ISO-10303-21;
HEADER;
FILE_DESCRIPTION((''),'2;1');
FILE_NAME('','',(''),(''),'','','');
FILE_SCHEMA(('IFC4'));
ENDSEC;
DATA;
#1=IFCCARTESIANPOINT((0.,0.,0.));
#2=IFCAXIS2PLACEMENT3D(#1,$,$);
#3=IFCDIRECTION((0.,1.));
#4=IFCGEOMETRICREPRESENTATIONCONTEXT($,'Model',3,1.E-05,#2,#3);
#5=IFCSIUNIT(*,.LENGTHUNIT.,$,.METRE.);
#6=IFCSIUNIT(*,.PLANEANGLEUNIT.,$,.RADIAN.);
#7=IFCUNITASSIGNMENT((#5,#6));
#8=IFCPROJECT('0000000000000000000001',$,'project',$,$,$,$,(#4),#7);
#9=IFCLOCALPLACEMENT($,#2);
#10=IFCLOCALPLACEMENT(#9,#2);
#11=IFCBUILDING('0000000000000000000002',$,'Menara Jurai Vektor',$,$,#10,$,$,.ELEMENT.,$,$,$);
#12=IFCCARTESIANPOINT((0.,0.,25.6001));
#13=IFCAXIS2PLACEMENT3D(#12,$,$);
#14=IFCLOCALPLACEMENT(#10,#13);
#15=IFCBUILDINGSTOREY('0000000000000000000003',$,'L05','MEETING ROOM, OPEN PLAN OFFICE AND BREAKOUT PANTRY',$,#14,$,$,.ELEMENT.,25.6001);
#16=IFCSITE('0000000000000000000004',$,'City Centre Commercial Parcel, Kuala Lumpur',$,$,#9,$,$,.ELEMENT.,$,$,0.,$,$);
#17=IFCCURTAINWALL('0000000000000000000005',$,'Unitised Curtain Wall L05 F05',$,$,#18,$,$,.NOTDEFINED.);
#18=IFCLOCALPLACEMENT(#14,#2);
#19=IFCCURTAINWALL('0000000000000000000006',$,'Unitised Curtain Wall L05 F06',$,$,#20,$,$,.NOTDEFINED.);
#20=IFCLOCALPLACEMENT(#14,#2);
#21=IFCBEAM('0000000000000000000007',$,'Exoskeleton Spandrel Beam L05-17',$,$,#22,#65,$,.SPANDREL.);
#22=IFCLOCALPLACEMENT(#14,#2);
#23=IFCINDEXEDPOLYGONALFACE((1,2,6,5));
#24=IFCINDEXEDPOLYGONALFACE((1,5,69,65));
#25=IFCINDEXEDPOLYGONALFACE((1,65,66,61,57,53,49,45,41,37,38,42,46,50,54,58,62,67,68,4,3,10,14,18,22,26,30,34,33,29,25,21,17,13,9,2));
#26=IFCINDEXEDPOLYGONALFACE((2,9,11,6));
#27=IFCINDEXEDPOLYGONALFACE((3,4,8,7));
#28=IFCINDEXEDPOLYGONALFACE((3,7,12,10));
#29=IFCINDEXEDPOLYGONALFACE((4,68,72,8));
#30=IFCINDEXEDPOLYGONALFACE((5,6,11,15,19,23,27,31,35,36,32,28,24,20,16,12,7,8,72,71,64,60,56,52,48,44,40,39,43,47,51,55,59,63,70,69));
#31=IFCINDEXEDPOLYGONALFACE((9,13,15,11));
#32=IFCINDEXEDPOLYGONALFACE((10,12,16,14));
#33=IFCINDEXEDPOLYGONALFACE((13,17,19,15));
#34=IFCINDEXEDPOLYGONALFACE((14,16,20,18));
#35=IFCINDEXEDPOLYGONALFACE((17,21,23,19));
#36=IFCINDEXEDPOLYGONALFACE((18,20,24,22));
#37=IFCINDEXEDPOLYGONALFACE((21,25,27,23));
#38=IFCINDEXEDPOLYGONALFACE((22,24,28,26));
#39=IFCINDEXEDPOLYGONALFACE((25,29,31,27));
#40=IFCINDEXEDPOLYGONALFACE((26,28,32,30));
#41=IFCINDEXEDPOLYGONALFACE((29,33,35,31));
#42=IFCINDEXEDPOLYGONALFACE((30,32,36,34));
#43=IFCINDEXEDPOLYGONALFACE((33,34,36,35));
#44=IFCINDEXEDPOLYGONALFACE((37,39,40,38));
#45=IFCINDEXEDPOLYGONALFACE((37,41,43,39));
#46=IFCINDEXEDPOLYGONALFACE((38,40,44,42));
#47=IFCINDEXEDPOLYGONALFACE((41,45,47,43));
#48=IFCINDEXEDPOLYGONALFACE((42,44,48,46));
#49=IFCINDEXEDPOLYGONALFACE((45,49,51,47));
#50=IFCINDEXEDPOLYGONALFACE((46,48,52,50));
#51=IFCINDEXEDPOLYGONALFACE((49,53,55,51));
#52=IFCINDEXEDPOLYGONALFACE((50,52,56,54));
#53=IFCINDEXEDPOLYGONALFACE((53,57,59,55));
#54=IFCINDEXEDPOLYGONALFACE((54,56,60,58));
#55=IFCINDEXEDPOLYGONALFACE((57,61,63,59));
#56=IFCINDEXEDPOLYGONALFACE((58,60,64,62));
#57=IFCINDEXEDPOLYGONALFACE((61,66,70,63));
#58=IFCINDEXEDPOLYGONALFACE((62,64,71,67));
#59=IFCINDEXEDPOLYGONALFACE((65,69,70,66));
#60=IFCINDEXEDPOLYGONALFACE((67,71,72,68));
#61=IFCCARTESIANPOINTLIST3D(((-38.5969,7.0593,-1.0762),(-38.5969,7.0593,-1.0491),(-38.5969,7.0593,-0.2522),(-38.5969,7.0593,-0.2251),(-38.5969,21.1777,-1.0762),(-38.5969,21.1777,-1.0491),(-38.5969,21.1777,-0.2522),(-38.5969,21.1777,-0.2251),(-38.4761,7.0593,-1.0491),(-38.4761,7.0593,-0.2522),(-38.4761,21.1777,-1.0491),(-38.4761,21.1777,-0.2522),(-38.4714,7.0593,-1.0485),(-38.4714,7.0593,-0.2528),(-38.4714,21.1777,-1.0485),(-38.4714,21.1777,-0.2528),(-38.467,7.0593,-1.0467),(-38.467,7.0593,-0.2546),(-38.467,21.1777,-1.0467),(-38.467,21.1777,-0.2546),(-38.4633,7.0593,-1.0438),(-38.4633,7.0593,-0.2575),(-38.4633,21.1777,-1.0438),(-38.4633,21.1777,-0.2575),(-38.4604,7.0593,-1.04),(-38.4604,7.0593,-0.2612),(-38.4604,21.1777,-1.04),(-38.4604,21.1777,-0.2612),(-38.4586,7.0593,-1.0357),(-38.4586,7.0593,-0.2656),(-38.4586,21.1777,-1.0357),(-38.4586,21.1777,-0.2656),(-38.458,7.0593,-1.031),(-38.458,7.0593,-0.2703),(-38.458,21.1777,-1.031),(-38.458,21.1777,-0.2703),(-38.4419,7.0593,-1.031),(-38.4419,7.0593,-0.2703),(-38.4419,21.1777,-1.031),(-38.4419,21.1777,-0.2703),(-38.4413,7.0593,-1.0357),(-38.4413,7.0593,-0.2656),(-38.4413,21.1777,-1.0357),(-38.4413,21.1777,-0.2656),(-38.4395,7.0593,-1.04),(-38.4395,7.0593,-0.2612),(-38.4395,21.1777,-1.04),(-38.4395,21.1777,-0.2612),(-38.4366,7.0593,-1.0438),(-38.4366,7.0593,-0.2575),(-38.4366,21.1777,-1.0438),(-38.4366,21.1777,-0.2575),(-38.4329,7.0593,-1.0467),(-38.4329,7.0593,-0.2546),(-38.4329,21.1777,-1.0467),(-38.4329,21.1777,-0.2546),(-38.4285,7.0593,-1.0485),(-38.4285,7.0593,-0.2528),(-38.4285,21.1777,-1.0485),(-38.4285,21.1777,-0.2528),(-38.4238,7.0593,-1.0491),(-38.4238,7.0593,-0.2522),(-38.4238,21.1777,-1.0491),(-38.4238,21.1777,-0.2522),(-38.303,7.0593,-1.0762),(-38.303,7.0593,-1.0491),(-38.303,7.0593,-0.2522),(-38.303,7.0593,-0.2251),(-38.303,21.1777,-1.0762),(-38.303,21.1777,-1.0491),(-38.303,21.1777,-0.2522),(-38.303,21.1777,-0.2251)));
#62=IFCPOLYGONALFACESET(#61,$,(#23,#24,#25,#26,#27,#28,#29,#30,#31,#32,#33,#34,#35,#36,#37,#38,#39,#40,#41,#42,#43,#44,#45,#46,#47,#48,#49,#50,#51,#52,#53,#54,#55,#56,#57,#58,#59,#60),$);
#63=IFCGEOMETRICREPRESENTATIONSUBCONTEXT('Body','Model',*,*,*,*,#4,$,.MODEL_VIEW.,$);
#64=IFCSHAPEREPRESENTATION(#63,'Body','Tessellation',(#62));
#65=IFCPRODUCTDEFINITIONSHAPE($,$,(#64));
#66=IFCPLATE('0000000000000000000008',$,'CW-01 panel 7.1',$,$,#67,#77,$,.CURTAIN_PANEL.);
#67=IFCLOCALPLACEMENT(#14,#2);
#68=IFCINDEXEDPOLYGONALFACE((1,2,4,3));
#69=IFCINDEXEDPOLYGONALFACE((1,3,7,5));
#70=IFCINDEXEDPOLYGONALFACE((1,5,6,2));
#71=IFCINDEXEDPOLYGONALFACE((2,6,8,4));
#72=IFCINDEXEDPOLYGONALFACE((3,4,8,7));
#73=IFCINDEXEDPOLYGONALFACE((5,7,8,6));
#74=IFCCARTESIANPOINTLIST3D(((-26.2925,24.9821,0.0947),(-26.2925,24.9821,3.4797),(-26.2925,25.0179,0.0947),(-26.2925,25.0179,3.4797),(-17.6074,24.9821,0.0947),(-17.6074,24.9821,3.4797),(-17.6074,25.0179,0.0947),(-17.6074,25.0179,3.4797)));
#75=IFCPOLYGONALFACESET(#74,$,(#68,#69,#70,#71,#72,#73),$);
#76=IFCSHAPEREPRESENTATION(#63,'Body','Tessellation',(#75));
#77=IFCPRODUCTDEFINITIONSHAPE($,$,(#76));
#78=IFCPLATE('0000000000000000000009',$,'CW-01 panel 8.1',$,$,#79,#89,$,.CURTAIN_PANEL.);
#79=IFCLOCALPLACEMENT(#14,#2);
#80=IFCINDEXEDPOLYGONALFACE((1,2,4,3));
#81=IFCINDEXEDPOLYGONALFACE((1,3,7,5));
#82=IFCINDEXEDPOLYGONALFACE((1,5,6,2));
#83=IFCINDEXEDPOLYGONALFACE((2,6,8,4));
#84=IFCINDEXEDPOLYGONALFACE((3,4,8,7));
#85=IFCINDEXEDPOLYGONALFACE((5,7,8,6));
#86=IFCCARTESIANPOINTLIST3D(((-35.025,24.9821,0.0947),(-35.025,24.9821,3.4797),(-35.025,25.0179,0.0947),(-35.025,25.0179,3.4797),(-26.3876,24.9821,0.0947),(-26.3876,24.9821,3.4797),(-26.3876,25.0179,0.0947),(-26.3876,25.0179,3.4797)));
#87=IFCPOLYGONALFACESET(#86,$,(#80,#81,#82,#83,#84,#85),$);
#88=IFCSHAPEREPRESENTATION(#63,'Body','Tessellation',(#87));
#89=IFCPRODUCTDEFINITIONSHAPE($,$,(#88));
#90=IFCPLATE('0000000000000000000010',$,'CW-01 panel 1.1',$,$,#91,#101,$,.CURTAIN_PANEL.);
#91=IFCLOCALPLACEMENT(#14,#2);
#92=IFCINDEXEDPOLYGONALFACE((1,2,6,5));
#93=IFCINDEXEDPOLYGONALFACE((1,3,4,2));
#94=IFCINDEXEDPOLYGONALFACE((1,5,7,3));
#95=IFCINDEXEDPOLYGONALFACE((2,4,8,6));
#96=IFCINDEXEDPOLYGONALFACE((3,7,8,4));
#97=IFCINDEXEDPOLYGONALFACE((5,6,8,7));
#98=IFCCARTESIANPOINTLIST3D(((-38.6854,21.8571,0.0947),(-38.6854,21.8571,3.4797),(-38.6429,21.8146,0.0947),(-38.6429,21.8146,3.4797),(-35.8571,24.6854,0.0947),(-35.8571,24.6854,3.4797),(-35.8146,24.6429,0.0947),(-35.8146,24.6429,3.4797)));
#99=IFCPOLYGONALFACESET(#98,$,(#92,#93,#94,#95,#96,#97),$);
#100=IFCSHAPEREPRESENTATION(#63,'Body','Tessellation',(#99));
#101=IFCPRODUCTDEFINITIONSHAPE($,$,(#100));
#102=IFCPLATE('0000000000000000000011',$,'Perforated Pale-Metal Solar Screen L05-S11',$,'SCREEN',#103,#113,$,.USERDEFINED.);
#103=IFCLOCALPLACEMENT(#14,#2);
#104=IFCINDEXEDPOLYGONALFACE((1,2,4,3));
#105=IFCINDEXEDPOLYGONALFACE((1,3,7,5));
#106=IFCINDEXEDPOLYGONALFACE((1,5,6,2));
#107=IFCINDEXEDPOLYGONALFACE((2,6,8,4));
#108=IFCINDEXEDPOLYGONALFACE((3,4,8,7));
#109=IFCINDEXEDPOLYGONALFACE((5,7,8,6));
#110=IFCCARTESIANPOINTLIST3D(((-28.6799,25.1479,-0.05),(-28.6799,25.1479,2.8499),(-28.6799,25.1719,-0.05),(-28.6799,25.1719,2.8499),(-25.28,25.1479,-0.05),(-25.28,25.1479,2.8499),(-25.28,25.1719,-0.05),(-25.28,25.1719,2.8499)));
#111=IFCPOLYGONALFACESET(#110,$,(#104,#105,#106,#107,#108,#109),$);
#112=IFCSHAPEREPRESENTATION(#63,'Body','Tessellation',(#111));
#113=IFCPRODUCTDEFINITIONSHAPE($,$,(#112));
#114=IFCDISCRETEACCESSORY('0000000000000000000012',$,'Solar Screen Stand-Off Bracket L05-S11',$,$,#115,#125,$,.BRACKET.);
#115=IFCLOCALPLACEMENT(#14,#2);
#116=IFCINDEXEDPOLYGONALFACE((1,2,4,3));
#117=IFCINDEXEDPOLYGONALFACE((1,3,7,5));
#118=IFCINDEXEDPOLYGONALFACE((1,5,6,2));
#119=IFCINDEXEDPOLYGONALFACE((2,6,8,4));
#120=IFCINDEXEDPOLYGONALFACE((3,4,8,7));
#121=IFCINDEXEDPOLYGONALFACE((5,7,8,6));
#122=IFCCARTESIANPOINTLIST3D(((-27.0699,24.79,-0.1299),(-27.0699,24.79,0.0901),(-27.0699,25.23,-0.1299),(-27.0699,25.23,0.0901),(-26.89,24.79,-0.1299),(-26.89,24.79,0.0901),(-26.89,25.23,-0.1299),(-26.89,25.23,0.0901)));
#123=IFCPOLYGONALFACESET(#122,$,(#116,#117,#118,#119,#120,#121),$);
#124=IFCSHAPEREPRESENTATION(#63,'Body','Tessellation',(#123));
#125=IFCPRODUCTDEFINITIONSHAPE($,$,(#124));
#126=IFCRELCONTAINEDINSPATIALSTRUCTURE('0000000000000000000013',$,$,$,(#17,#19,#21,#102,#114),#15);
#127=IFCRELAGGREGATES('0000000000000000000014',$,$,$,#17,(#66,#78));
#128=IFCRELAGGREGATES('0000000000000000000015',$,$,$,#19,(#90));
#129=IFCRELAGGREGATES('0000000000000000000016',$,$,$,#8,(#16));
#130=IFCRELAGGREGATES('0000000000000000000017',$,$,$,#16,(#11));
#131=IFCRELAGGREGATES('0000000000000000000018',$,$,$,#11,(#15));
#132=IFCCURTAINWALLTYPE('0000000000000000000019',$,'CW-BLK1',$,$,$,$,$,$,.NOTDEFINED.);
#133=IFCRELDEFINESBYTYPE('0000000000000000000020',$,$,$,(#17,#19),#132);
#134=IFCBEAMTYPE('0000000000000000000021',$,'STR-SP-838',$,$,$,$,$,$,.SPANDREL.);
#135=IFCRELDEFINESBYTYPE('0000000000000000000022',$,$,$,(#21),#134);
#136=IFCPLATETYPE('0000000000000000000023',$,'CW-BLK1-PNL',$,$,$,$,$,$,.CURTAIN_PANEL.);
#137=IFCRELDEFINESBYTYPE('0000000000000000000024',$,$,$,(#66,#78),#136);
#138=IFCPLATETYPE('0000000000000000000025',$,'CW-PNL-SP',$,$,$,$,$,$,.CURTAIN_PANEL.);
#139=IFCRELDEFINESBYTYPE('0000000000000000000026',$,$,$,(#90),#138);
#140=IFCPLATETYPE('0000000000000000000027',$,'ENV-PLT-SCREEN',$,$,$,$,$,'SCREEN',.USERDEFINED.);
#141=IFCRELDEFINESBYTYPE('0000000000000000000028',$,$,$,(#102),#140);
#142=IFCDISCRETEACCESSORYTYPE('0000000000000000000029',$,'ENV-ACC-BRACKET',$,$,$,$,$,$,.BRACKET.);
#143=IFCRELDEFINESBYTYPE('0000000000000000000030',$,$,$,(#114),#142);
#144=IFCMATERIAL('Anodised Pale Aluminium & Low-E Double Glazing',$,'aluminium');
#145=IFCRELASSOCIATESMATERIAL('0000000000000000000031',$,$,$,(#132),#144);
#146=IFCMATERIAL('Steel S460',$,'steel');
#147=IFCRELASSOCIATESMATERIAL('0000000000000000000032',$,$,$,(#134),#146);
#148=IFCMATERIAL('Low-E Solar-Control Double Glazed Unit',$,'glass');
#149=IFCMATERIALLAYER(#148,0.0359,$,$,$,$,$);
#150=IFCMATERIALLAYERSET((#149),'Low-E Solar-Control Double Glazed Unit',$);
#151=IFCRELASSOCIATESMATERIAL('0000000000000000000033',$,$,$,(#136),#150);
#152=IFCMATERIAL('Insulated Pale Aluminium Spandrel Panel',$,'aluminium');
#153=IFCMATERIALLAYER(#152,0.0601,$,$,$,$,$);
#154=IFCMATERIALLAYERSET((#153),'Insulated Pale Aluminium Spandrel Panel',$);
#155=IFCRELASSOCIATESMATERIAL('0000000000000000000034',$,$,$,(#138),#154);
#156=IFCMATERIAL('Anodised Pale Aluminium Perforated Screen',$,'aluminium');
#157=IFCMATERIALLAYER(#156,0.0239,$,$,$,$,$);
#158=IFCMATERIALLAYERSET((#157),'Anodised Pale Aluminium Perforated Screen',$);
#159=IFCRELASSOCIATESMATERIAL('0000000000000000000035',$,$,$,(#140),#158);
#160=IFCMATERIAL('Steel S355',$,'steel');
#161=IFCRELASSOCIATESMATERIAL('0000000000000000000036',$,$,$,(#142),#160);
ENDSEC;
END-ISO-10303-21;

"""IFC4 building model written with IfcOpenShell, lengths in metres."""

from ifc_helpers import new_model, si_unit, direction, frame, origin, origin_2d, place, context, subcontext, project, spatial, rectangle, i_section, extrude, material, layer, layer_set, material_profile, profile_set, type_object, element, aggregate, save


model = new_model("IFC4")

# Units and contexts
model_context = context("Model", 3, precision=1e-05, world=origin(), true_north=direction((0.0, 1.0)))
body_context = subcontext(model_context, "Body", "Model", "MODEL_VIEW")
ifc_project = project(units=[si_unit("LENGTHUNIT", "METRE"), si_unit("PLANEANGLEUNIT", "RADIAN")], contexts=[model_context])

# Site, building, storey
site_placement = place(None, origin())
site = spatial("IfcSite", under=ifc_project, at=site_placement, Name="City Centre Commercial Parcel, Kuala Lumpur", CompositionType="ELEMENT", RefElevation=0.0)
building_placement = place(site_placement, origin())
building = spatial("IfcBuilding", under=site, at=building_placement, Name="Menara Jurai Vektor", CompositionType="ELEMENT")
storey_placement = place(building_placement, frame((0.0, 0.0, 25.6001)))
storey = spatial("IfcBuildingStorey", under=building, at=storey_placement, Name="L05", Description="MEETING ROOM, OPEN PLAN OFFICE AND BREAKOUT PANTRY", CompositionType="ELEMENT", Elevation=25.6001)

# Shared definitions
ifc_material_1 = material(Name="Steel S460", Category="steel")

# Curtain walls
ifc_material_2 = material(Name="Anodised Pale Aluminium & Low-E Double Glazing", Category="aluminium")
curtain_wall_type = type_object("IfcCurtainWallType", Name="CW-BLK1", PredefinedType="NOTDEFINED", material=ifc_material_2)
curtain_wall_1_placement = place(storey_placement, origin())
curtain_wall_1 = element("IfcCurtainWall", 1, at=curtain_wall_1_placement, inside=storey, type_object=curtain_wall_type, Name="Unitised Curtain Wall L05 F05", PredefinedType="NOTDEFINED")
curtain_wall_2_placement = place(storey_placement, origin())
curtain_wall_2 = element("IfcCurtainWall", 2, at=curtain_wall_2_placement, inside=storey, type_object=curtain_wall_type, Name="Unitised Curtain Wall L05 F06", PredefinedType="NOTDEFINED")

# Shared definitions
ifc_material_3 = material(Name="Steel S355", Category="steel")

# Beam
ifc_material_profile_1 = material_profile(ifc_material_1, i_section(OverallWidth=0.2939, OverallDepth=0.8511, WebThickness=0.0161, FlangeThickness=0.0271, FilletRadius=0.0181, at=origin_2d()), Name="UKB 838x292x226")
ifc_profile_set_1 = profile_set([ifc_material_profile_1], Name="Steel S460")
beam_type_1 = type_object("IfcBeamType", Name="STR-SP-838", PredefinedType="SPANDREL", material=ifc_profile_set_1)
beam_1_placement = place(storey_placement, frame((-38.45, 21.1777, -0.6506), z_axis=(0.0, -1.0, 0.0), x_axis=(1.0, 0.0, 0.0)))
element("IfcBeam", 3, at=beam_1_placement, inside=storey, type_object=beam_type_1, Name="Exoskeleton Spandrel Beam L05-17", PredefinedType="SPANDREL", context=body_context, shape_type="SweptSolid", body=[
    extrude(i_section(OverallWidth=0.2939, OverallDepth=0.8511, WebThickness=0.0161, FlangeThickness=0.0271, FilletRadius=0.0181, at=origin_2d()), origin(), (0.0, 0.0, 1.0), 14.1184),
])

# Plates
ifc_material_4 = material(Name="Low-E Solar-Control Double Glazed Unit", Category="glass")
ifc_layer_1 = layer(ifc_material_4, 0.0359)
ifc_layer_set_1 = layer_set([ifc_layer_1], Name="Low-E Solar-Control Double Glazed Unit")
plate_type_1 = type_object("IfcPlateType", Name="CW-BLK1-PNL", PredefinedType="CURTAIN_PANEL", material=ifc_layer_set_1)
plate_1_placement = place(storey_placement, frame((-21.95, 25.0, 0.0947), z_axis=(0.0, 0.0, 1.0), x_axis=(-1.0, 0.0, 0.0)))
plate_1 = element("IfcPlate", 4, at=plate_1_placement, type_object=plate_type_1, Name="CW-01 panel 7.1", PredefinedType="CURTAIN_PANEL", context=body_context, shape_type="SweptSolid", body=[
    extrude(rectangle(XDim=8.6851, YDim=0.0359, at=origin_2d()), origin(), (0.0, 0.0, 1.0), 3.385),
])
plate_2_placement = place(storey_placement, frame((-30.7063, 25.0, 0.0947), z_axis=(0.0, 0.0, 1.0), x_axis=(-1.0, 0.0, 0.0)))
plate_2 = element("IfcPlate", 5, at=plate_2_placement, type_object=plate_type_1, Name="CW-01 panel 8.1", PredefinedType="CURTAIN_PANEL", context=body_context, shape_type="SweptSolid", body=[
    extrude(rectangle(XDim=8.6375, YDim=0.0359, at=origin_2d()), origin(), (0.0, 0.0, 1.0), 3.385),
])
aggregate(curtain_wall_1, [plate_1, plate_2])
ifc_material_5 = material(Name="Insulated Pale Aluminium Spandrel Panel", Category="aluminium")
ifc_layer_2 = layer(ifc_material_5, 0.0601)
ifc_layer_set_2 = layer_set([ifc_layer_2], Name="Insulated Pale Aluminium Spandrel Panel")
plate_type_2 = type_object("IfcPlateType", Name="CW-PNL-SP", PredefinedType="CURTAIN_PANEL", material=ifc_layer_set_2)
plate_3_placement = place(storey_placement, frame((-37.25, 23.25, 0.0947), z_axis=(0.0, 0.0, 1.0), x_axis=(-0.707107, -0.707107, 0.0)))
plate_3 = element("IfcPlate", 6, at=plate_3_placement, type_object=plate_type_2, Name="CW-01 panel 1.1", PredefinedType="CURTAIN_PANEL", context=body_context, shape_type="SweptSolid", body=[
    extrude(rectangle(XDim=3.9998, YDim=0.0601, at=origin_2d()), origin(), (0.0, 0.0, 1.0), 3.385),
])
aggregate(curtain_wall_2, [plate_3])
ifc_material_6 = material(Name="Anodised Pale Aluminium Perforated Screen", Category="aluminium")
ifc_layer_3 = layer(ifc_material_6, 0.0239)
ifc_layer_set_3 = layer_set([ifc_layer_3], Name="Anodised Pale Aluminium Perforated Screen")
plate_type_3 = type_object("IfcPlateType", Name="ENV-PLT-SCREEN", ElementType="SCREEN", PredefinedType="USERDEFINED", material=ifc_layer_set_3)
plate_4_placement = place(storey_placement, frame((-26.98, 25.1599, -0.05), z_axis=(0.0, 0.0, 1.0), x_axis=(-1.0, 0.0, 0.0)))
element("IfcPlate", 7, at=plate_4_placement, inside=storey, type_object=plate_type_3, Name="Perforated Pale-Metal Solar Screen L05-S11", ObjectType="SCREEN", PredefinedType="USERDEFINED", context=body_context, shape_type="SweptSolid", body=[
    extrude(rectangle(XDim=3.3999, YDim=0.0239, at=origin_2d()), origin(), (0.0, 0.0, 1.0), 2.8999),
])

# Discrete accessory
discrete_accessory_type = type_object("IfcDiscreteAccessoryType", Name="ENV-ACC-BRACKET", PredefinedType="BRACKET", material=ifc_material_3)
discrete_accessory_placement = place(storey_placement, frame((-26.98, 25.01, -0.1299), z_axis=(0.0, 0.0, 1.0), x_axis=(-1.0, 0.0, 0.0)))
element("IfcDiscreteAccessory", 8, at=discrete_accessory_placement, inside=storey, type_object=discrete_accessory_type, Name="Solar Screen Stand-Off Bracket L05-S11", PredefinedType="BRACKET", context=body_context, shape_type="SweptSolid", body=[
    extrude(rectangle(XDim=0.1799, YDim=0.4399, at=origin_2d()), origin(), (0.0, 0.0, 1.0), 0.22),
])

save(model, "model.ifc")
